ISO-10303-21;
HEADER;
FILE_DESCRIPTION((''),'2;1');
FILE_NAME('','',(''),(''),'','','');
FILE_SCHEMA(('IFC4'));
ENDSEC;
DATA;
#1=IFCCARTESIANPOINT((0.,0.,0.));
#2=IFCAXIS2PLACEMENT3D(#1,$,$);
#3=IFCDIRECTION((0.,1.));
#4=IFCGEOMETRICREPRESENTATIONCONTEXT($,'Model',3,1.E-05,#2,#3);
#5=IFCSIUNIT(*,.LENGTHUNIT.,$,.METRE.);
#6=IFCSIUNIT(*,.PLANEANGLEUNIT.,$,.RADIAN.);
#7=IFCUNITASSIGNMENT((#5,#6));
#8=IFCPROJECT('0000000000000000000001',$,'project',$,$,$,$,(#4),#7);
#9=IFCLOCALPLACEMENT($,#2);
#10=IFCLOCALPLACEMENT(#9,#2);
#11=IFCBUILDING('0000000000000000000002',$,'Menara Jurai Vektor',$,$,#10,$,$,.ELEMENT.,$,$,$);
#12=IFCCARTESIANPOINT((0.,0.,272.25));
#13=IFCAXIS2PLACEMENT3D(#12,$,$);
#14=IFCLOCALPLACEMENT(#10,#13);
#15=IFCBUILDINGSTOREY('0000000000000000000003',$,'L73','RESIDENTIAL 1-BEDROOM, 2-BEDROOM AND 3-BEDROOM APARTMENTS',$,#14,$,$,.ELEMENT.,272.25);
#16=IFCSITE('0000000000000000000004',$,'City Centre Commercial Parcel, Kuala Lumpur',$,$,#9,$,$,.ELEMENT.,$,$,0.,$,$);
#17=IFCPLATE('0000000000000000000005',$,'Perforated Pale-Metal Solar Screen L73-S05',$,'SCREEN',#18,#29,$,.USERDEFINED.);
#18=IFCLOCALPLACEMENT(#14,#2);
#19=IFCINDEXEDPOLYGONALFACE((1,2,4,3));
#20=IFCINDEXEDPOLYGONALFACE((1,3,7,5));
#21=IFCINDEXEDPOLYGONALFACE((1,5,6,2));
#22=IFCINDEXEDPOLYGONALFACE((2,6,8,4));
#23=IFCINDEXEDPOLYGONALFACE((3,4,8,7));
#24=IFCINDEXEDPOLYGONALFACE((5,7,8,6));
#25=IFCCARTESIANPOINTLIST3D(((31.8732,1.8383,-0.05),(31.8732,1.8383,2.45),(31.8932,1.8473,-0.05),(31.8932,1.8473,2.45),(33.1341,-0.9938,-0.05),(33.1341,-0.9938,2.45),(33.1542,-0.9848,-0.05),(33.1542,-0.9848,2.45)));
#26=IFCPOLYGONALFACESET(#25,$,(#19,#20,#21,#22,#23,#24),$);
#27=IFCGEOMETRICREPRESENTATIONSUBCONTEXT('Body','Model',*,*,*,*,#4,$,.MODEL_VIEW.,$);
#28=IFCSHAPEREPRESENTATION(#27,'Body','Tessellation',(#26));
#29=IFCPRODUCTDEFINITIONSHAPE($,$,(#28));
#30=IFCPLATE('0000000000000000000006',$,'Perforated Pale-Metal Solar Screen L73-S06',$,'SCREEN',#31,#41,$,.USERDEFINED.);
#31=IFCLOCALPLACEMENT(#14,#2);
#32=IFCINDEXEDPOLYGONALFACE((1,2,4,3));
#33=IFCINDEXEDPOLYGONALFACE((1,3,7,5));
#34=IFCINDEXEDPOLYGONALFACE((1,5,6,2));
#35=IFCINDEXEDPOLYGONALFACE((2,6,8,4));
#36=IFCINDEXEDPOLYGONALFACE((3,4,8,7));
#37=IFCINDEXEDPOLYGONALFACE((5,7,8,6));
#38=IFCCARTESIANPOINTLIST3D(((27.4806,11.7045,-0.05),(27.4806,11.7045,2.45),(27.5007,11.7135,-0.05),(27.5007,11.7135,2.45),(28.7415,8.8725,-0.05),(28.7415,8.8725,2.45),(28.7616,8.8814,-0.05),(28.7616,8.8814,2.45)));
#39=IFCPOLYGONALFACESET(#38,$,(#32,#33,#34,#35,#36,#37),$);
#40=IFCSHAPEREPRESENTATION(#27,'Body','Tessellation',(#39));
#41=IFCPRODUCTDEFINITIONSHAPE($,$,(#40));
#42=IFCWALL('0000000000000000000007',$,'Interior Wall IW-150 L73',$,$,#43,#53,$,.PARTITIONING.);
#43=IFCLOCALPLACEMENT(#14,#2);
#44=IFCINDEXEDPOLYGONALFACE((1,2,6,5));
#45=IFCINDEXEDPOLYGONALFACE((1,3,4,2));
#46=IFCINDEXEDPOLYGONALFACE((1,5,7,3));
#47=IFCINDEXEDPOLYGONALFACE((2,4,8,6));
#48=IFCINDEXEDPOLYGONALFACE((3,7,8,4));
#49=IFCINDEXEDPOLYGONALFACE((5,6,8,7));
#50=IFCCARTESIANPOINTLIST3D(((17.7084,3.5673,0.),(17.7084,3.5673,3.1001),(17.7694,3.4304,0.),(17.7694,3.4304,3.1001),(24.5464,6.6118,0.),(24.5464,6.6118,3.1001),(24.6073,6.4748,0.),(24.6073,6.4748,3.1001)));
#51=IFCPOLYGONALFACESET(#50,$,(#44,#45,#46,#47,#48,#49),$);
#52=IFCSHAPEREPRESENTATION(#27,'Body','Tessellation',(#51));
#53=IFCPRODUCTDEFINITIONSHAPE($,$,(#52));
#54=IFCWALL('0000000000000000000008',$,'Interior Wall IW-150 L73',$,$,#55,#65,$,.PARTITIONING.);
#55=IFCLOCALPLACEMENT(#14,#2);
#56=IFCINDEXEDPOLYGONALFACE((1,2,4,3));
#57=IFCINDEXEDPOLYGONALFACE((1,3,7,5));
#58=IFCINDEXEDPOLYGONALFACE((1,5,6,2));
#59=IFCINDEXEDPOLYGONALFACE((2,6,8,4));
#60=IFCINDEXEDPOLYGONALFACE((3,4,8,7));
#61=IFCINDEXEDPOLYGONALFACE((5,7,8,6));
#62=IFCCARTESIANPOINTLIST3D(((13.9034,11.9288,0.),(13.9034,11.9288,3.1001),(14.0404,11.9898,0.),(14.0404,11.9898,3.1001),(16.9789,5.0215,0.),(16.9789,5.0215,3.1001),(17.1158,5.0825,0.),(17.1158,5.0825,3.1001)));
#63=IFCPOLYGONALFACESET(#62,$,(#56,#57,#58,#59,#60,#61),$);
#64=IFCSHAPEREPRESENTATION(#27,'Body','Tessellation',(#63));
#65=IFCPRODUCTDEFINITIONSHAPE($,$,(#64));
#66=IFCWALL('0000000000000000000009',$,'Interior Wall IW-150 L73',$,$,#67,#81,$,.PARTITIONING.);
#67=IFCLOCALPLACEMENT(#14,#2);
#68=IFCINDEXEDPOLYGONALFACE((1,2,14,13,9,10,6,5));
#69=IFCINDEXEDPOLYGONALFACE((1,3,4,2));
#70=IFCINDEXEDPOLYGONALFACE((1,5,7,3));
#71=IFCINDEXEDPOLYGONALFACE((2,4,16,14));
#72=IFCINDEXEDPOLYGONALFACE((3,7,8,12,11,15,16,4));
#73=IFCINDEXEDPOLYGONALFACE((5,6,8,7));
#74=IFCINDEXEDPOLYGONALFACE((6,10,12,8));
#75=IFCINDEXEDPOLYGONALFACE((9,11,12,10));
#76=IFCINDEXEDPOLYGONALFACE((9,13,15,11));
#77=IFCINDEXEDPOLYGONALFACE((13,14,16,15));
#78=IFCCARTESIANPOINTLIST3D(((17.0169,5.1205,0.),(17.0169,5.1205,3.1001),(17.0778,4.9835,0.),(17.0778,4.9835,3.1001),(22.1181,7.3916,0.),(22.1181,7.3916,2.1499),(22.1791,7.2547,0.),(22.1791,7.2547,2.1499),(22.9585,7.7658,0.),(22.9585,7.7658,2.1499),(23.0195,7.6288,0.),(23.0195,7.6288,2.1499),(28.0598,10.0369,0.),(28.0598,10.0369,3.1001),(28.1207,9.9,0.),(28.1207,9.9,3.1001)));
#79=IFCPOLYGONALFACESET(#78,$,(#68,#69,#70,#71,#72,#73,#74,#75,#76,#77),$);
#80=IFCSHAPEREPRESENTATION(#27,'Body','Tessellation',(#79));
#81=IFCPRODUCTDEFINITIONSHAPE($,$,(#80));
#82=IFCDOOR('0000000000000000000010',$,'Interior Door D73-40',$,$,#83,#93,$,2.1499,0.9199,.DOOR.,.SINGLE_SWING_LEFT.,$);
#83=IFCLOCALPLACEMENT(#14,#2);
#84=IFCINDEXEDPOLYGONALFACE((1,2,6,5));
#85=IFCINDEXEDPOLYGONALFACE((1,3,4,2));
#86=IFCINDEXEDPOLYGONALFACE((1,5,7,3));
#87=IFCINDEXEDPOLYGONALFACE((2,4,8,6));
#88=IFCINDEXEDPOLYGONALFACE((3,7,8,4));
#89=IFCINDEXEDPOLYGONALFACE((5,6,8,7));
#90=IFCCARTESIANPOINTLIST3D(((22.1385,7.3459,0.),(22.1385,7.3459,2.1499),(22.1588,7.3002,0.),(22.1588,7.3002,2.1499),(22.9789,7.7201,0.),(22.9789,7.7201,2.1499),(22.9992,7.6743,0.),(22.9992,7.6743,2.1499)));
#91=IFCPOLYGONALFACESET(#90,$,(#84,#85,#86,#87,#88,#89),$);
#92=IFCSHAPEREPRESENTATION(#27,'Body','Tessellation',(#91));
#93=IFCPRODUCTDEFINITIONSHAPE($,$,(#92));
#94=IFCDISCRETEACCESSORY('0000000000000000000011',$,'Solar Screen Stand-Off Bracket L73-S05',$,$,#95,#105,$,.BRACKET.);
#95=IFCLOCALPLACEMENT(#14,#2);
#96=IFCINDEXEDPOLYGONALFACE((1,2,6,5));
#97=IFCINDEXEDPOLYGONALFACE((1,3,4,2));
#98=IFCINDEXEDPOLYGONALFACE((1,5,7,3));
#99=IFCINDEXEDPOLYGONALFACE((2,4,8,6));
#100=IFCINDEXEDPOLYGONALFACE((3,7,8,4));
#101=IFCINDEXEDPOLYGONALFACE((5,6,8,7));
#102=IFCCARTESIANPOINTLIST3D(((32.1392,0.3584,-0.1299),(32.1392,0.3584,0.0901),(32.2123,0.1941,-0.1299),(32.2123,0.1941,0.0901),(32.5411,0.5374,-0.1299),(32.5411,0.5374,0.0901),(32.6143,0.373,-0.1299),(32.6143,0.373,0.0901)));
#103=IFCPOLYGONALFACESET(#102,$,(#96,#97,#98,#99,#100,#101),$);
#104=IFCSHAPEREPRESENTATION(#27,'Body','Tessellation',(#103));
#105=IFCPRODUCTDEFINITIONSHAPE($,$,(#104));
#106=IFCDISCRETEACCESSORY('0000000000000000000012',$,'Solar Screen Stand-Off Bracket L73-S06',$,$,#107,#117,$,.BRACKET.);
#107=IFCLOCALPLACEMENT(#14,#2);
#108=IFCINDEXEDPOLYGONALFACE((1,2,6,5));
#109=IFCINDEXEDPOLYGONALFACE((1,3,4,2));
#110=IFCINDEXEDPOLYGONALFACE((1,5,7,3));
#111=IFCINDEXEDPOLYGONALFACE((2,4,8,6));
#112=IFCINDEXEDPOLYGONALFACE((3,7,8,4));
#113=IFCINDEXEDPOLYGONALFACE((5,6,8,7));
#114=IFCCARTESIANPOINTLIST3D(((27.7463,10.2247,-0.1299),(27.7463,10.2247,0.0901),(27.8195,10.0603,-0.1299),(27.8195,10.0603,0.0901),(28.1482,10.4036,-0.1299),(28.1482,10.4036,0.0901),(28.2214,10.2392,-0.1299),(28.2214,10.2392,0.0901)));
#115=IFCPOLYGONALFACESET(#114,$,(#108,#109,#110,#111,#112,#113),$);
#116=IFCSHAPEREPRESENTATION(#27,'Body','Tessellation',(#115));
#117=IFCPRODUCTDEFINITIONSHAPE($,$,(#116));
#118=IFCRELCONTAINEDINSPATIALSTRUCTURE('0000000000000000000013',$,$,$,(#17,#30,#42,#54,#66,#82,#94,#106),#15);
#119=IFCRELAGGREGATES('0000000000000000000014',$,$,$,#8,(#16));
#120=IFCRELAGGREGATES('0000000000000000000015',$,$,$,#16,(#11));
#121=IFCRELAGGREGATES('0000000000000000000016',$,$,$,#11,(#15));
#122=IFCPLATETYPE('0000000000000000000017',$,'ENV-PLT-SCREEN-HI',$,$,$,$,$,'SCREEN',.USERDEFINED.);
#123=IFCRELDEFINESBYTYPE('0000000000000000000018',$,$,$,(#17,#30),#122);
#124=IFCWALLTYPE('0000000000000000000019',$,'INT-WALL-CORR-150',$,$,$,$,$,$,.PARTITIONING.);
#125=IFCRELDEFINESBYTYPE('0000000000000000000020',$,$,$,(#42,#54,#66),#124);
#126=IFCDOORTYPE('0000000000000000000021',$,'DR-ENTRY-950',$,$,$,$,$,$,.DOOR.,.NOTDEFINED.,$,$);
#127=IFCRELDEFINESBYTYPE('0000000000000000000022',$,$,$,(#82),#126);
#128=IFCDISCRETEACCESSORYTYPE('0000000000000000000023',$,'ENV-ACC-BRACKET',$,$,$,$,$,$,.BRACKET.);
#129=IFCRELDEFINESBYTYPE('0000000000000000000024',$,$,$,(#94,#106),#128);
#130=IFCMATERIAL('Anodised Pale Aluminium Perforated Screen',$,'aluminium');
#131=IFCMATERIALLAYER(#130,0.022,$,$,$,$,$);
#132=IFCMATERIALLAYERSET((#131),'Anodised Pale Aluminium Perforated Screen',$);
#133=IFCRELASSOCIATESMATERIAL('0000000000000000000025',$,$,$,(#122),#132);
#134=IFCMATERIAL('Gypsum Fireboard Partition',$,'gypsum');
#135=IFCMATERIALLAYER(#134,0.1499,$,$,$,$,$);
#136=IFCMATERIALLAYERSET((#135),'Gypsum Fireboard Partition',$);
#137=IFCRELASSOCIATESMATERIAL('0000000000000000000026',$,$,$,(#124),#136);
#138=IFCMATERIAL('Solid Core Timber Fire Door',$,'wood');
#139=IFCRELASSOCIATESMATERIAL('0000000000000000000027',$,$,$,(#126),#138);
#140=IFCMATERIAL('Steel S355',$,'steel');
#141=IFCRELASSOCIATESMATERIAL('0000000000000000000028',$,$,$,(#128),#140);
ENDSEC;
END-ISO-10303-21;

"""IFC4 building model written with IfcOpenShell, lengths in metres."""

from ifc_helpers import new_model, si_unit, direction, frame, frame_2d, origin, origin_2d, place, context, subcontext, project, spatial, rectangle, extrude, material, layer, layer_set, type_object, element, fill, save


model = new_model("IFC4")

# Units and contexts
model_context = context("Model", 3, precision=1e-05, world=origin(), true_north=direction((0.0, 1.0)))
body_context = subcontext(model_context, "Body", "Model", "MODEL_VIEW")
ifc_project = project(units=[si_unit("LENGTHUNIT", "METRE"), si_unit("PLANEANGLEUNIT", "RADIAN")], contexts=[model_context])

# Site, building, storey
site_placement = place(None, origin())
site = spatial("IfcSite", under=ifc_project, at=site_placement, Name="City Centre Commercial Parcel, Kuala Lumpur", CompositionType="ELEMENT", RefElevation=0.0)
building_placement = place(site_placement, origin())
building = spatial("IfcBuilding", under=site, at=building_placement, Name="Menara Jurai Vektor", CompositionType="ELEMENT")
storey_placement = place(building_placement, frame((0.0, 0.0, 272.25)))
storey = spatial("IfcBuildingStorey", under=building, at=storey_placement, Name="L73", Description="RESIDENTIAL 1-BEDROOM, 2-BEDROOM AND 3-BEDROOM APARTMENTS", CompositionType="ELEMENT", Elevation=272.25)

# Shared definitions
ifc_material_1 = material(Name="Steel S355", Category="steel")

# Plates
ifc_material_2 = material(Name="Anodised Pale Aluminium Perforated Screen", Category="aluminium")
ifc_layer_1 = layer(ifc_material_2, 0.022)
ifc_layer_set_1 = layer_set([ifc_layer_1], Name="Anodised Pale Aluminium Perforated Screen")
plate_type_1 = type_object("IfcPlateType", Name="ENV-PLT-SCREEN-HI", ElementType="SCREEN", PredefinedType="USERDEFINED", material=ifc_layer_set_1)
for number, where, z_axis, x_axis, name in (
    (1, (32.5137, 0.4268, -0.05), (0.0, 0.0, 1.0), (-0.406737, 0.913545, 0.0), "Perforated Pale-Metal Solar Screen L73-S05"),
    (2, (28.1211, 10.293, -0.05), (0.0, 0.0, 1.0), (-0.406737, 0.913545, 0.0), "Perforated Pale-Metal Solar Screen L73-S06"),
):
    element("IfcPlate", number, at=place(storey_placement, frame(where, z_axis=z_axis, x_axis=x_axis)), inside=storey, type_object=plate_type_1, Name=name, ObjectType="SCREEN", PredefinedType="USERDEFINED", context=body_context, shape_type="SweptSolid", body=[
        extrude(rectangle(XDim=3.1001, YDim=0.022, at=origin_2d()), origin(), (0.0, 0.0, 1.0), 2.5),
    ])

# Wall
ifc_material_3 = material(Name="Gypsum Fireboard Partition", Category="gypsum")
ifc_layer_2 = layer(ifc_material_3, 0.1499)
ifc_layer_set_2 = layer_set([ifc_layer_2], Name="Gypsum Fireboard Partition")
wall_type = type_object("IfcWallType", Name="INT-WALL-CORR-150", PredefinedType="PARTITIONING", material=ifc_layer_set_2)
wall_1_placement = place(storey_placement, frame((17.7388, 3.4988, 0.0), z_axis=(0.0, 0.0, 1.0), x_axis=(0.913545, 0.406738, 0.0)))
element("IfcWall", 3, at=wall_1_placement, inside=storey, type_object=wall_type, Name="Interior Wall IW-150 L73", PredefinedType="PARTITIONING", context=body_context, shape_type="SweptSolid", body=[
    extrude(rectangle(XDim=7.4851, YDim=0.1499, at=frame_2d((3.7427, 0.0))), origin(), (0.0, 0.0, 1.0), 3.1001),
])

# Shared definitions
ifc_material_4 = material(Name="Solid Core Timber Fire Door", Category="wood")
door_type = type_object("IfcDoorType", Name="DR-ENTRY-950", OperationType="NOTDEFINED", PredefinedType="DOOR", material=ifc_material_4)

# Wall
wall_2_placement = place(storey_placement, frame((17.0474, 5.052, 0.0), z_axis=(0.0, 0.0, 1.0), x_axis=(-0.406753, 0.913538, 0.0)))
element("IfcWall", 4, at=wall_2_placement, inside=storey, type_object=wall_type, Name="Interior Wall IW-150 L73", PredefinedType="PARTITIONING", context=body_context, shape_type="SweptSolid", body=[
    extrude(rectangle(XDim=7.561, YDim=0.1499, at=frame_2d((3.7805, 0.0))), origin(), (0.0, 0.0, 1.0), 3.1001),
])

# Wall, opening, door
wall_3_placement = place(storey_placement, frame((17.0474, 5.052, 0.0), z_axis=(0.0, 0.0, 1.0), x_axis=(0.91355, 0.406727, 0.0)))
wall_3 = element("IfcWall", 5, at=wall_3_placement, inside=storey, type_object=wall_type, Name="Interior Wall IW-150 L73", PredefinedType="PARTITIONING", context=body_context, shape_type="SweptSolid", body=[
    extrude(rectangle(XDim=12.0879, YDim=0.1499, at=frame_2d((6.0439, 0.0))), origin(), (0.0, 0.0, 1.0), 3.1001),
])
opening_1_placement = place(wall_3_placement, frame((5.584, 0.0, 0.0)))
opening_1 = element("IfcOpeningElement", 6, at=opening_1_placement, cuts=wall_3, PredefinedType="OPENING", context=body_context, shape_type="SweptSolid", body=[
    extrude(rectangle(XDim=0.9199, YDim=2.1499, at=frame_2d((0.46, 1.075))), frame((0.0, 0.085, 0.0), z_axis=(0.0, -1.0, 0.0), x_axis=(1.0, 0.0, 0.0)), (0.0, 0.0, 1.0), 0.1699),
])
door_1_placement = place(opening_1_placement, origin())
door_1 = element("IfcDoor", 7, at=door_1_placement, inside=storey, type_object=door_type, Name="Interior Door D73-40", OperationType="SINGLE_SWING_LEFT", OverallHeight=2.1499, OverallWidth=0.9199, PredefinedType="DOOR", context=body_context, shape_type="SweptSolid", body=[
    extrude(rectangle(XDim=0.9199, YDim=2.1499, at=frame_2d((0.46, 1.075))), frame((0.0, 0.0249, 0.0), z_axis=(0.0, -1.0, 0.0), x_axis=(1.0, 0.0, 0.0)), (0.0, 0.0, 1.0), 0.05),
])
fill(opening_1, door_1)

# Discrete accessories
discrete_accessory_type = type_object("IfcDiscreteAccessoryType", Name="ENV-ACC-BRACKET", PredefinedType="BRACKET", material=ifc_material_1)
for number, where, z_axis, x_axis, name in (
    (8, (32.3767, 0.3657, -0.1299), (0.0, 0.0, 1.0), (-0.406737, 0.913545, 0.0), "Solar Screen Stand-Off Bracket L73-S05"),
    (9, (27.9839, 10.2319, -0.1299), (0.0, 0.0, 1.0), (-0.406737, 0.913545, 0.0), "Solar Screen Stand-Off Bracket L73-S06"),
):
    element("IfcDiscreteAccessory", number, at=place(storey_placement, frame(where, z_axis=z_axis, x_axis=x_axis)), inside=storey, type_object=discrete_accessory_type, Name=name, PredefinedType="BRACKET", context=body_context, shape_type="SweptSolid", body=[
        extrude(rectangle(XDim=0.1799, YDim=0.4399, at=origin_2d()), origin(), (0.0, 0.0, 1.0), 0.22),
    ])

save(model, "model.ifc")
